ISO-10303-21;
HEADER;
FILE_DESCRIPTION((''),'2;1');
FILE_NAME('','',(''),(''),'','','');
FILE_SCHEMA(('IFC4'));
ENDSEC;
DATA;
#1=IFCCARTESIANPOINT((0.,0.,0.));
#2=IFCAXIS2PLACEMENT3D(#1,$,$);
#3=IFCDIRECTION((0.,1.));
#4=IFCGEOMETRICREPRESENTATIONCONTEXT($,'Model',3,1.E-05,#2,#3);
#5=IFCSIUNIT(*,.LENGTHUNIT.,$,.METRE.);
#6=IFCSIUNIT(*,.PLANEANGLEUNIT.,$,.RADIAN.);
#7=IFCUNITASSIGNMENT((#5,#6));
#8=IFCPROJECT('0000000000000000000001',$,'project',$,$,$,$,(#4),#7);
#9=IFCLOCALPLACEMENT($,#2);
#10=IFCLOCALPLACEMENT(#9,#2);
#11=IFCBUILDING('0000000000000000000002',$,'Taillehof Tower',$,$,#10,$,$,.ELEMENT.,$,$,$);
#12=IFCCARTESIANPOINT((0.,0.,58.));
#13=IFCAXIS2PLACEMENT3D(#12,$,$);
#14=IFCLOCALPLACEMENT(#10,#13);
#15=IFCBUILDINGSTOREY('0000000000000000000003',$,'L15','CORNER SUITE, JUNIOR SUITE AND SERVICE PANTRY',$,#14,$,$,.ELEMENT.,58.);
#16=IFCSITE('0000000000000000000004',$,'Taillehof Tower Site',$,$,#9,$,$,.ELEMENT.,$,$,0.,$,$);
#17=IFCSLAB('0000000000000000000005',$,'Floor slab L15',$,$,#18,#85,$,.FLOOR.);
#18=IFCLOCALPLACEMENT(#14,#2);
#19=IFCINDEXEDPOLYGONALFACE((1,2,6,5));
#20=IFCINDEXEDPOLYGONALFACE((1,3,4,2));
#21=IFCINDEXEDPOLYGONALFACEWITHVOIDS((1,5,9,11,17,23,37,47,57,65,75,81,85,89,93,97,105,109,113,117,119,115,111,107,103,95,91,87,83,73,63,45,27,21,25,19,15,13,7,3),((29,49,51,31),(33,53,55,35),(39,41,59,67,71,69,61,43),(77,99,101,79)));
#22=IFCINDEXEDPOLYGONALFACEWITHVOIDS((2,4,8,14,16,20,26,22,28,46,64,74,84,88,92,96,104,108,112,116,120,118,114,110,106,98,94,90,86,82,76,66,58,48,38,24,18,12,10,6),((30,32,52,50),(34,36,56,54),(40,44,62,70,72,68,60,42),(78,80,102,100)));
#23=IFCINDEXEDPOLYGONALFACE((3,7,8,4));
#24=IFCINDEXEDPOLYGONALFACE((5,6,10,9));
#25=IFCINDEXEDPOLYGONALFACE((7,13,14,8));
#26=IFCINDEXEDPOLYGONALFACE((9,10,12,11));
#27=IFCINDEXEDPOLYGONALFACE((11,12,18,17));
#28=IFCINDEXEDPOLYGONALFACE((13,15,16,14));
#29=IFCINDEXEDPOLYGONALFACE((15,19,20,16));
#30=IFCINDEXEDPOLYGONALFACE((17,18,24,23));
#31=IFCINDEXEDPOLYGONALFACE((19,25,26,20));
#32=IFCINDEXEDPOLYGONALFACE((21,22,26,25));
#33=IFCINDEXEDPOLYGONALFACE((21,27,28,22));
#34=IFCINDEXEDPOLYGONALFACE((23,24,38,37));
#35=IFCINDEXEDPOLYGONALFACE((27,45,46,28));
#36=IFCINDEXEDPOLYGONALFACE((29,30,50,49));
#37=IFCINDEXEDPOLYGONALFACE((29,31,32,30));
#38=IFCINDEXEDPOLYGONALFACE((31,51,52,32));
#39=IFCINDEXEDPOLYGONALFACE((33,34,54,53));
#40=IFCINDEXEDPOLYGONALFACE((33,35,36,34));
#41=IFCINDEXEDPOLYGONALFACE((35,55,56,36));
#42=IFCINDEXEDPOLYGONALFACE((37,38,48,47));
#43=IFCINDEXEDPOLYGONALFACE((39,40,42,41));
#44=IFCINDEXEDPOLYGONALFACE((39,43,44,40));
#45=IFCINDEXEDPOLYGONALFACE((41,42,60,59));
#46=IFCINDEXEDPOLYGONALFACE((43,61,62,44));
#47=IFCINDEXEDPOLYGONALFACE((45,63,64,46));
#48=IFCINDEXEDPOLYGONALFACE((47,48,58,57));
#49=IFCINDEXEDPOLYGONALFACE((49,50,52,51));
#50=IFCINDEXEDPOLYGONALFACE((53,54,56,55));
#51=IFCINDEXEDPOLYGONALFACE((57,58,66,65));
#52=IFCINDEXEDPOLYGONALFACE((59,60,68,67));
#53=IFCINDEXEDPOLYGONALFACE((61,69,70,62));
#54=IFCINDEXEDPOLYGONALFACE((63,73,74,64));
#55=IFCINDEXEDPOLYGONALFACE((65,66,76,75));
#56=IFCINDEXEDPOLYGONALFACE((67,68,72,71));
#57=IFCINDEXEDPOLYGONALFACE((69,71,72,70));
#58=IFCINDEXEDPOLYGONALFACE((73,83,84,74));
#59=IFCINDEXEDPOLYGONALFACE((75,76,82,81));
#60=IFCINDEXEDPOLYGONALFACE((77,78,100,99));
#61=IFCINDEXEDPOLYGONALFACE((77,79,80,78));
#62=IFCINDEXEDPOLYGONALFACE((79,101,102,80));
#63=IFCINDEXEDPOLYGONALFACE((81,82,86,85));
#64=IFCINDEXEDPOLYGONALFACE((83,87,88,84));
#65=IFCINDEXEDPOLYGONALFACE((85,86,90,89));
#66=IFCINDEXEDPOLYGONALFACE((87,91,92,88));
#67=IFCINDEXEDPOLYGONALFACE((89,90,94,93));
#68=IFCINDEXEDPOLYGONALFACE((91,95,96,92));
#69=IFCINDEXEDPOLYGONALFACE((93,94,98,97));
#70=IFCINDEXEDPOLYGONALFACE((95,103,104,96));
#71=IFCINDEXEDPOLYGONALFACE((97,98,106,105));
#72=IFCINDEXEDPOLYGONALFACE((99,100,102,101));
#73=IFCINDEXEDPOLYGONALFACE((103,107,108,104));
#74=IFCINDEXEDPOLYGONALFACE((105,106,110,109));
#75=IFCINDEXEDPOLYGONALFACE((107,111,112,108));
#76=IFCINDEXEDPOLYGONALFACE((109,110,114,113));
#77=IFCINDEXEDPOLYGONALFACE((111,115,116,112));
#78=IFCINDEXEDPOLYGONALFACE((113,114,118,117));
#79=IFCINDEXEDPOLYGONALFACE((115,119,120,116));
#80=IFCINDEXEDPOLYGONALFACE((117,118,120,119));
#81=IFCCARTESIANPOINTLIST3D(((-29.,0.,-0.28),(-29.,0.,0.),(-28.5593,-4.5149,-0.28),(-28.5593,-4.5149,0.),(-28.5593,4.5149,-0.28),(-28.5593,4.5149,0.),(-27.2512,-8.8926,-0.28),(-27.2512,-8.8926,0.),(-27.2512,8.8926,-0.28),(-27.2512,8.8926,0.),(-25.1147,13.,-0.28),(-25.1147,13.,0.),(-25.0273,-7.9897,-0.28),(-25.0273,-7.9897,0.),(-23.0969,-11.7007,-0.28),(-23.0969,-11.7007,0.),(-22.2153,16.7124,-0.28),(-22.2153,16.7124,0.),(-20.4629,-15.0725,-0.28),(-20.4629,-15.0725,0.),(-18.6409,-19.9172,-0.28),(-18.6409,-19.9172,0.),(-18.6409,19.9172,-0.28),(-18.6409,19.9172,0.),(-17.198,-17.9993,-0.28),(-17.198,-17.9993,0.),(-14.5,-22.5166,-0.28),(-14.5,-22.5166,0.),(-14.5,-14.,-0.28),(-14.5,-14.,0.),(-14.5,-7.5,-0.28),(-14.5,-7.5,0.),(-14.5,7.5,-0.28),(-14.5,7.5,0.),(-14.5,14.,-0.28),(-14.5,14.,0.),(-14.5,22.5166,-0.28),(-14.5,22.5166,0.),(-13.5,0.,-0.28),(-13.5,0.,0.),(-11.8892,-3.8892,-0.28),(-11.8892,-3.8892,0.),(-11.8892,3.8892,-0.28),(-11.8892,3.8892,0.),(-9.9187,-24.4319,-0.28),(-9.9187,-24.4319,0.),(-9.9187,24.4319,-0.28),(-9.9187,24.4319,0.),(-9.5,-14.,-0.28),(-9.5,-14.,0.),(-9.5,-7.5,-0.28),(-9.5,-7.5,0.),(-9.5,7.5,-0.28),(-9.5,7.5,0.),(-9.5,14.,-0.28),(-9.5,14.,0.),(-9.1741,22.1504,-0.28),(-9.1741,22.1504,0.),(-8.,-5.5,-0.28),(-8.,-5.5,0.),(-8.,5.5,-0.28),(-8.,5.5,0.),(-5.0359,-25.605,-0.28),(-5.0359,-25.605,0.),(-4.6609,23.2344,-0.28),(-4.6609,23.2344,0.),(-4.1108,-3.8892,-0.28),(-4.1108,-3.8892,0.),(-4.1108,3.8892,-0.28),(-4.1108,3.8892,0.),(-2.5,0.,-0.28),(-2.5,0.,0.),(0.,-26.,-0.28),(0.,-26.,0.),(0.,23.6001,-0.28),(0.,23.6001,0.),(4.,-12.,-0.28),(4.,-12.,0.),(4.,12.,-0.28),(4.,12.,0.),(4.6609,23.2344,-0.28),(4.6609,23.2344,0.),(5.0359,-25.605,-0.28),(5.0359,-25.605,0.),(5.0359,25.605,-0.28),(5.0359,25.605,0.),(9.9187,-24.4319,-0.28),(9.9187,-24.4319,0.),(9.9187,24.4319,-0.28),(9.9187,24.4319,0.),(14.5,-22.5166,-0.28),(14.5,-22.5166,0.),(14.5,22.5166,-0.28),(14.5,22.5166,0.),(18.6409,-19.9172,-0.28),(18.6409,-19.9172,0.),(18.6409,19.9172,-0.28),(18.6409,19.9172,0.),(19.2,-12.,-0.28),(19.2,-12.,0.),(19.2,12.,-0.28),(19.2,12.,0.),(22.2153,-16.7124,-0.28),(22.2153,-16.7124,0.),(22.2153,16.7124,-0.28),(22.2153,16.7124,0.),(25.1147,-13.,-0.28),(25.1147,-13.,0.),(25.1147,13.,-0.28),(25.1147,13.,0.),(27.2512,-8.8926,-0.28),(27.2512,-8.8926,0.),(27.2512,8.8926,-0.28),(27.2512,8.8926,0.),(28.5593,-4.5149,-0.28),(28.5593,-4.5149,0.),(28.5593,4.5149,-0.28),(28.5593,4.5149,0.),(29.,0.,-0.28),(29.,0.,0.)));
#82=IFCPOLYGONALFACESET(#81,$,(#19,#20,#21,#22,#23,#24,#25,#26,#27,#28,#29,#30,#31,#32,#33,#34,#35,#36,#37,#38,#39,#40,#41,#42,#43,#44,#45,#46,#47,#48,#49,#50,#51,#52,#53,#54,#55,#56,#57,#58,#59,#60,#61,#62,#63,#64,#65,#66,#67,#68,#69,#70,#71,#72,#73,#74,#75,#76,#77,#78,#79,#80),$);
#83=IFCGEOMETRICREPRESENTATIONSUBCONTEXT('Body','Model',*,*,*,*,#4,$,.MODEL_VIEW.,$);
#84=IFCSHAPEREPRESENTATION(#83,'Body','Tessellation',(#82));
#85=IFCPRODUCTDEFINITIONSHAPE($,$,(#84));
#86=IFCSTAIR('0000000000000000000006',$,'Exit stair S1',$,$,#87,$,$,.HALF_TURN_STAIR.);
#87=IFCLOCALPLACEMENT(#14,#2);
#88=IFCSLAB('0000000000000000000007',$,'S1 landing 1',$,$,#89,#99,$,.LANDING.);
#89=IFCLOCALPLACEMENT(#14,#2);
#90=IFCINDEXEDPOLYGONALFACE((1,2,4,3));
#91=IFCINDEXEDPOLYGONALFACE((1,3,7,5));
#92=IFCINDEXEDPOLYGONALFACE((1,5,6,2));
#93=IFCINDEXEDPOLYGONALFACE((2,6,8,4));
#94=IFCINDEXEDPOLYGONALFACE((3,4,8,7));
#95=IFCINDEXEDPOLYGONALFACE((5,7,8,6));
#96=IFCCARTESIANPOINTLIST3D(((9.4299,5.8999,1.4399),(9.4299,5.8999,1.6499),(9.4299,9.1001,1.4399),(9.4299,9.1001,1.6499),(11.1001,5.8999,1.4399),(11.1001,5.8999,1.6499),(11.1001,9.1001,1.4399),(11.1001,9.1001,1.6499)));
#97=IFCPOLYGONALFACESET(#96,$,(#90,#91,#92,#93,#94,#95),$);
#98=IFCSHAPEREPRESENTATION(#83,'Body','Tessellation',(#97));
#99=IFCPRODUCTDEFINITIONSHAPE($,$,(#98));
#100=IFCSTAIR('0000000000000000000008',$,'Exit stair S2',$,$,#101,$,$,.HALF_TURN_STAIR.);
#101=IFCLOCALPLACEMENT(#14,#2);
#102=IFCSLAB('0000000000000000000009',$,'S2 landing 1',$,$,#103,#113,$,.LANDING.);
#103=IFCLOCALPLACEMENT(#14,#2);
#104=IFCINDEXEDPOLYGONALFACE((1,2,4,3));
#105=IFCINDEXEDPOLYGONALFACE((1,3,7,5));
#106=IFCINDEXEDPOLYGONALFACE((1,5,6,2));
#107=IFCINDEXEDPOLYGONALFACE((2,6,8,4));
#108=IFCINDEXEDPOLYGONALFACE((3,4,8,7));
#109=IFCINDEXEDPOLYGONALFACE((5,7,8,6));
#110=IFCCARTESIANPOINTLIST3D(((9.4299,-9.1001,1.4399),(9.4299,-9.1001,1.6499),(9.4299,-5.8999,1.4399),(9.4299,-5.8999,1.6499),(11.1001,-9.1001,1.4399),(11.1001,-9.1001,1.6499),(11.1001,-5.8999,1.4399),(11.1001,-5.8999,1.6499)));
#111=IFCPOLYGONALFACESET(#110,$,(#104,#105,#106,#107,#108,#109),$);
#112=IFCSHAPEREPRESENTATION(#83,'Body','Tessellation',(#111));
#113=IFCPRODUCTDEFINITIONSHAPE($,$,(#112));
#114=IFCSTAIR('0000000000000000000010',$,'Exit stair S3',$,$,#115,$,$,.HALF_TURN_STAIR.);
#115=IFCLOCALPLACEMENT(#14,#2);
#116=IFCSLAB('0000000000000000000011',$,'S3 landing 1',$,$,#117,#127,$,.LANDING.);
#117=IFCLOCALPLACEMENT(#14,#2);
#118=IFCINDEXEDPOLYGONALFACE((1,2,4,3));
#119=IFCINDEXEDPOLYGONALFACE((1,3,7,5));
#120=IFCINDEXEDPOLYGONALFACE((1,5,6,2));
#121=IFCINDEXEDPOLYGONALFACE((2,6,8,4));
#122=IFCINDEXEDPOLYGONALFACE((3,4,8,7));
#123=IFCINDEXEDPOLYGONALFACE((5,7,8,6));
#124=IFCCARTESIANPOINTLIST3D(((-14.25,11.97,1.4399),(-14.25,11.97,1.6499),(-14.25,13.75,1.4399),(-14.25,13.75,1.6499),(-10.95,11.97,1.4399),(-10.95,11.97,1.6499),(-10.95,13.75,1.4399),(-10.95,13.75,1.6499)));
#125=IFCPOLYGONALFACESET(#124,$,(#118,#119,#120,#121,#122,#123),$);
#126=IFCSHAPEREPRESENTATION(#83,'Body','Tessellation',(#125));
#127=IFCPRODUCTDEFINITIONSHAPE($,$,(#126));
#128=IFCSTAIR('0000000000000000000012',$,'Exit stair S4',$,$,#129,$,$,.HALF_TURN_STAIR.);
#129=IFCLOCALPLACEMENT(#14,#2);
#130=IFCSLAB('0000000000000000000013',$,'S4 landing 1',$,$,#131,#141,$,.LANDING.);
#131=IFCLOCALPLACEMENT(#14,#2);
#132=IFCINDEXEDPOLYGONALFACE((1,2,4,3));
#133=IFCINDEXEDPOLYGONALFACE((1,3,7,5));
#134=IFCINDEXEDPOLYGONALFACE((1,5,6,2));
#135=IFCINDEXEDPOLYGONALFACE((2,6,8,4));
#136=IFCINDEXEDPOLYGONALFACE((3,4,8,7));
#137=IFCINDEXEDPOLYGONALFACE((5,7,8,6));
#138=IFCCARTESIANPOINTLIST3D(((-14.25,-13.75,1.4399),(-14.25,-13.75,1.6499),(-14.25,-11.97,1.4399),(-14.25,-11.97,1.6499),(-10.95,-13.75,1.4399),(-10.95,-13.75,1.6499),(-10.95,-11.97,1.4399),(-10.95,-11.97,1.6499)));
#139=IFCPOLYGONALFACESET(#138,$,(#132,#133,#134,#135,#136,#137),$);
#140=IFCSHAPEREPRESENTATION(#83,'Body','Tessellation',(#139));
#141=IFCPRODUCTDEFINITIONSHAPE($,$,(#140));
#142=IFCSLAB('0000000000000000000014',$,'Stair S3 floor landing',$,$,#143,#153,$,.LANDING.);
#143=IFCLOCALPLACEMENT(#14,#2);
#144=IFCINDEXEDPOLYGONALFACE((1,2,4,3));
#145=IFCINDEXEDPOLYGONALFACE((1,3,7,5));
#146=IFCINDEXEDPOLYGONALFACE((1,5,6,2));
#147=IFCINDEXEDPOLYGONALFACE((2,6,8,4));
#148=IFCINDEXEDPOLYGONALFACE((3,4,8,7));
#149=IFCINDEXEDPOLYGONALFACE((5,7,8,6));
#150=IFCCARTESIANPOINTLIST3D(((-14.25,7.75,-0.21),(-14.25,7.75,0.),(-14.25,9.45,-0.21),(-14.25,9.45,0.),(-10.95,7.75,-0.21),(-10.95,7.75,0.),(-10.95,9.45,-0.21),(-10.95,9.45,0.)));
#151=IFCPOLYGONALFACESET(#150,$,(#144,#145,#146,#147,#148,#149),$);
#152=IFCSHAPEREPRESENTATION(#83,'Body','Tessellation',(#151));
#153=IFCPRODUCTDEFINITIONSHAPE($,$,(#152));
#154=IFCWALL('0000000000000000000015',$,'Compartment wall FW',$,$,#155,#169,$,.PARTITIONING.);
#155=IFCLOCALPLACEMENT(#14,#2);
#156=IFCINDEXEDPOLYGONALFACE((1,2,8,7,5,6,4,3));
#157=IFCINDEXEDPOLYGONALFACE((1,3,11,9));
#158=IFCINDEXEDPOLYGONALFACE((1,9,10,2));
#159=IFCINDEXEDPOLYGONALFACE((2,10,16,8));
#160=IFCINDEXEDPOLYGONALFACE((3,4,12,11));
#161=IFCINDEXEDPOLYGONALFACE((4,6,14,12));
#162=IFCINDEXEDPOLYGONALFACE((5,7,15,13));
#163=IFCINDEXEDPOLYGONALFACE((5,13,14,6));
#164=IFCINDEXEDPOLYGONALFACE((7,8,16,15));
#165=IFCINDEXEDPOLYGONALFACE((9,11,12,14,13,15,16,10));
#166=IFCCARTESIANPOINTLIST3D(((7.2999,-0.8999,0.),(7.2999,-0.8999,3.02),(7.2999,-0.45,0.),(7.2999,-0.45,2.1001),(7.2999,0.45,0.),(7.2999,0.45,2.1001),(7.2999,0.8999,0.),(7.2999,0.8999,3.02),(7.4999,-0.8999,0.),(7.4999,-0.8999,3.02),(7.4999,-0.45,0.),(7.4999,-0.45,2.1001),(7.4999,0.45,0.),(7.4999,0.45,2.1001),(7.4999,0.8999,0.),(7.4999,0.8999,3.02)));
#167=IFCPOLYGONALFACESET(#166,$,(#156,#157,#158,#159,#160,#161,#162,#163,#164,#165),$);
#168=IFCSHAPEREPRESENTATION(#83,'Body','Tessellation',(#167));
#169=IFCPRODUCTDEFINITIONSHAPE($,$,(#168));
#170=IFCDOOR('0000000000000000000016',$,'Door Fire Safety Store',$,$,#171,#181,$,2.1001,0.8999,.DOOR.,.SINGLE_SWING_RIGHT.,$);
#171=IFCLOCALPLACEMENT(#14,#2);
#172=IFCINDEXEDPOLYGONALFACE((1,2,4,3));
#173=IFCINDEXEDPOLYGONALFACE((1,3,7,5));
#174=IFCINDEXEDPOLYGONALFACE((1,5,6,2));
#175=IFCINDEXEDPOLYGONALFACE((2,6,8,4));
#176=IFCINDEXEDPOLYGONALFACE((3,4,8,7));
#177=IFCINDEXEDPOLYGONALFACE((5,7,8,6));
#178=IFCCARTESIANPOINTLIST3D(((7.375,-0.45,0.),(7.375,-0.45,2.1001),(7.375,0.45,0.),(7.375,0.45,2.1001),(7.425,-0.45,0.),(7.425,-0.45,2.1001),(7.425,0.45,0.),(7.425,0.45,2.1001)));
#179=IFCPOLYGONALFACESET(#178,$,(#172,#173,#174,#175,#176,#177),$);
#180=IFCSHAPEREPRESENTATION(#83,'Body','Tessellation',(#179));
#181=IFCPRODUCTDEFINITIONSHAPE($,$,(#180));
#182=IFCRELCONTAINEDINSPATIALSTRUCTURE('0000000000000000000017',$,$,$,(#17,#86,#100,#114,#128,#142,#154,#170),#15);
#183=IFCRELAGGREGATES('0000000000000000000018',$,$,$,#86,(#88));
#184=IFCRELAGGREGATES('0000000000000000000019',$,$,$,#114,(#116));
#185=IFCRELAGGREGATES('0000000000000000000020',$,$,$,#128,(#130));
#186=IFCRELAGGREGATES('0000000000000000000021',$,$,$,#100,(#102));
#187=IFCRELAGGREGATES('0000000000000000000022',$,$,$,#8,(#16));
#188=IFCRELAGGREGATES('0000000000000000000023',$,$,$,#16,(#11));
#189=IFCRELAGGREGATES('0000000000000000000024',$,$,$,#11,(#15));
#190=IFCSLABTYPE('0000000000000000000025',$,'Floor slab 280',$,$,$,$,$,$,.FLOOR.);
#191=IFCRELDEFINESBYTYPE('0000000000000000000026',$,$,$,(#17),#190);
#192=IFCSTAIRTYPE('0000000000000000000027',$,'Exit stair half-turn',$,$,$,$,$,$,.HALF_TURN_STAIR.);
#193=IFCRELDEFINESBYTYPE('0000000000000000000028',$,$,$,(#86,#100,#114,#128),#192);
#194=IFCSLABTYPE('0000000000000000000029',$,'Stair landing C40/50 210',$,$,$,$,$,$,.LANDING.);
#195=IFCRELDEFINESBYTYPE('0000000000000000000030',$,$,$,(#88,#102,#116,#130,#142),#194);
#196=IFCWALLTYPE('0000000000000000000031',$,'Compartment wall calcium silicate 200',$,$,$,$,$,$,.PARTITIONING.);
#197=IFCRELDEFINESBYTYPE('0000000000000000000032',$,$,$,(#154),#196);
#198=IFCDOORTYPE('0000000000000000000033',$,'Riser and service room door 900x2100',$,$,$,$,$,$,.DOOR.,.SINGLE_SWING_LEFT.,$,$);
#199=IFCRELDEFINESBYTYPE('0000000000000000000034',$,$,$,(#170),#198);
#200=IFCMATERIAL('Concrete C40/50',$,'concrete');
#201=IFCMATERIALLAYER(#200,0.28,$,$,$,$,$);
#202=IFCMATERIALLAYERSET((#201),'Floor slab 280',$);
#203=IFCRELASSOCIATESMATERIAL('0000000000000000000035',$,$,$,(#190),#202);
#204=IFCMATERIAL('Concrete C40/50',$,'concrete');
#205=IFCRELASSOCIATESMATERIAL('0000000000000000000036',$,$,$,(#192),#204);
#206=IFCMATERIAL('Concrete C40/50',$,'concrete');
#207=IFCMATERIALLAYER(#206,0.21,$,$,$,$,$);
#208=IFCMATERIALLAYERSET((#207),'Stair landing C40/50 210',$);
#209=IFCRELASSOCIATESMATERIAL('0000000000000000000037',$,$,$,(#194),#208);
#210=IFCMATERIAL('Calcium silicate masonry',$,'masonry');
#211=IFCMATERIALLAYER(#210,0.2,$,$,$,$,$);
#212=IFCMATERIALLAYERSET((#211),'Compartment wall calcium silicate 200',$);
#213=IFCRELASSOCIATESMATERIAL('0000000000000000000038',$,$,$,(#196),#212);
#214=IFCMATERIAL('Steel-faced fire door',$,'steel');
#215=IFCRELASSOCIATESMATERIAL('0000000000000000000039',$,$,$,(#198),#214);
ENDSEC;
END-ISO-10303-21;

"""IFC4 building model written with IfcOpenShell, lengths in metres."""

from ifc_helpers import new_model, si_unit, direction, frame, frame_2d, origin, place, context, subcontext, project, spatial, polyline, rectangle, outline, extrude, material, layer, layer_set, type_object, element, fill, aggregate, save


model = new_model("IFC4")

# Units and contexts
model_context = context("Model", 3, precision=1e-05, world=origin(), true_north=direction((0.0, 1.0)))
body_context = subcontext(model_context, "Body", "Model", "MODEL_VIEW")
ifc_project = project(units=[si_unit("LENGTHUNIT", "METRE"), si_unit("PLANEANGLEUNIT", "RADIAN")], contexts=[model_context])

# Site, building, storey
site_placement = place(None, origin())
site = spatial("IfcSite", under=ifc_project, at=site_placement, Name="Taillehof Tower Site", CompositionType="ELEMENT", RefElevation=0.0)
building_placement = place(site_placement, origin())
building = spatial("IfcBuilding", under=site, at=building_placement, Name="Taillehof Tower", CompositionType="ELEMENT")
storey_placement = place(building_placement, frame((0.0, 0.0, 58.0)))
storey = spatial("IfcBuildingStorey", under=building, at=storey_placement, Name="L15", Description="CORNER SUITE, JUNIOR SUITE AND SERVICE PANTRY", CompositionType="ELEMENT", Elevation=58.0)

# Slab
ifc_material_1 = material(Name="Concrete C40/50", Category="concrete")
ifc_layer_1 = layer(ifc_material_1, 0.28)
ifc_layer_set_1 = layer_set([ifc_layer_1], Name="Floor slab 280")
slab_type_1 = type_object("IfcSlabType", Name="Floor slab 280", PredefinedType="FLOOR", material=ifc_layer_set_1)
slab_1_placement = place(storey_placement, frame((0.0, 0.0, -0.28)))
element("IfcSlab", 1, at=slab_1_placement, inside=storey, type_object=slab_type_1, Name="Floor slab L15", PredefinedType="FLOOR", context=body_context, shape_type="SweptSolid", body=[
    extrude(outline(polyline([(29.0, 0.0), (28.5593, 4.5149), (27.2512, 8.8926), (25.1147, 13.0), (22.2153, 16.7124), (18.6409, 19.9172), (14.5, 22.5166), (9.9187, 24.4319), (5.0359, 25.605), (4.6609, 23.2344), (0.0, 23.6001), (-4.6609, 23.2344), (-9.1741, 22.1504), (-9.9187, 24.4319), (-14.5, 22.5166), (-18.6409, 19.9172), (-22.2153, 16.7124), (-25.1147, 13.0), (-27.2512, 8.8926), (-28.5593, 4.5149), (-29.0, 0.0), (-28.5593, -4.5149), (-27.2512, -8.8926), (-25.0273, -7.9897), (-23.0969, -11.7007), (-20.4629, -15.0725), (-17.198, -17.9993), (-18.6409, -19.9172), (-14.5, -22.5166), (-9.9187, -24.4319), (-5.0359, -25.605), (0.0, -26.0), (5.0359, -25.605), (9.9187, -24.4319), (14.5, -22.5166), (18.6409, -19.9172), (22.2153, -16.7124), (25.1147, -13.0), (27.2512, -8.8926), (28.5593, -4.5149), (29.0, 0.0)]), holes=[polyline([(-14.5, -7.5), (-9.5, -7.5), (-9.5, -14.0), (-14.5, -14.0), (-14.5, -7.5)]), polyline([(-8.0, -5.5), (-11.8892, -3.8892), (-13.5, 0.0), (-11.8892, 3.8892), (-8.0, 5.5), (-4.1108, 3.8892), (-2.5, 0.0), (-4.1108, -3.8892), (-8.0, -5.5)]), polyline([(19.2, 12.0), (19.2, -12.0), (4.0, -12.0), (4.0, 12.0), (19.2, 12.0)]), polyline([(-14.5, 14.0), (-9.5, 14.0), (-9.5, 7.5), (-14.5, 7.5), (-14.5, 14.0)])]), origin(), (0.0, 0.0, 1.0), 0.28),
])

# Stairs, slabs
ifc_material_2 = material(Name="Concrete C40/50", Category="concrete")
stair_type = type_object("IfcStairType", Name="Exit stair half-turn", PredefinedType="HALF_TURN_STAIR", material=ifc_material_2)
stair_1_placement = place(storey_placement, origin())
stair_1 = element("IfcStair", 2, at=stair_1_placement, inside=storey, type_object=stair_type, Name="Exit stair S1", PredefinedType="HALF_TURN_STAIR")
ifc_material_3 = material(Name="Concrete C40/50", Category="concrete")
ifc_layer_2 = layer(ifc_material_3, 0.21)
ifc_layer_set_2 = layer_set([ifc_layer_2], Name="Stair landing C40/50 210")
slab_type_2 = type_object("IfcSlabType", Name="Stair landing C40/50 210", PredefinedType="LANDING", material=ifc_layer_set_2)
slab_2_placement = place(storey_placement, frame((0.0, 0.0, 1.4399)))
slab_2 = element("IfcSlab", 3, at=slab_2_placement, type_object=slab_type_2, Name="S1 landing 1", PredefinedType="LANDING", context=body_context, shape_type="SweptSolid", body=[
    extrude(outline(polyline([(9.4299, 5.8999), (11.1001, 5.8999), (11.1001, 9.1001), (9.4299, 9.1001), (9.4299, 5.8999)])), origin(), (0.0, 0.0, 1.0), 0.21),
])
aggregate(stair_1, [slab_2])
stair_2_placement = place(storey_placement, origin())
stair_2 = element("IfcStair", 4, at=stair_2_placement, inside=storey, type_object=stair_type, Name="Exit stair S2", PredefinedType="HALF_TURN_STAIR")
slab_3_placement = place(storey_placement, frame((0.0, 0.0, 1.4399)))
slab_3 = element("IfcSlab", 5, at=slab_3_placement, type_object=slab_type_2, Name="S2 landing 1", PredefinedType="LANDING", context=body_context, shape_type="SweptSolid", body=[
    extrude(outline(polyline([(9.4299, -5.8999), (11.1001, -5.8999), (11.1001, -9.1001), (9.4299, -9.1001), (9.4299, -5.8999)])), origin(), (0.0, 0.0, 1.0), 0.21),
])
stair_3_placement = place(storey_placement, origin())
stair_3 = element("IfcStair", 6, at=stair_3_placement, inside=storey, type_object=stair_type, Name="Exit stair S3", PredefinedType="HALF_TURN_STAIR")
slab_4_placement = place(storey_placement, frame((0.0, 0.0, 1.4399)))
slab_4 = element("IfcSlab", 7, at=slab_4_placement, type_object=slab_type_2, Name="S3 landing 1", PredefinedType="LANDING", context=body_context, shape_type="SweptSolid", body=[
    extrude(outline(polyline([(-14.25, 11.97), (-14.25, 13.75), (-10.95, 13.75), (-10.95, 11.97), (-14.25, 11.97)])), origin(), (0.0, 0.0, 1.0), 0.21),
])
aggregate(stair_3, [slab_4])
stair_4_placement = place(storey_placement, origin())
stair_4 = element("IfcStair", 8, at=stair_4_placement, inside=storey, type_object=stair_type, Name="Exit stair S4", PredefinedType="HALF_TURN_STAIR")
slab_5_placement = place(storey_placement, frame((0.0, 0.0, 1.4399)))
slab_5 = element("IfcSlab", 9, at=slab_5_placement, type_object=slab_type_2, Name="S4 landing 1", PredefinedType="LANDING", context=body_context, shape_type="SweptSolid", body=[
    extrude(outline(polyline([(-14.25, -11.97), (-14.25, -13.75), (-10.95, -13.75), (-10.95, -11.97), (-14.25, -11.97)])), origin(), (0.0, 0.0, 1.0), 0.21),
])
aggregate(stair_4, [slab_5])

# Slab
slab_6_placement = place(storey_placement, frame((0.0, 0.0, -0.21)))
element("IfcSlab", 10, at=slab_6_placement, inside=storey, type_object=slab_type_2, Name="Stair S3 floor landing", PredefinedType="LANDING", context=body_context, shape_type="SweptSolid", body=[
    extrude(outline(polyline([(-14.25, 7.75), (-14.25, 9.45), (-10.95, 9.45), (-10.95, 7.75), (-14.25, 7.75)])), origin(), (0.0, 0.0, 1.0), 0.21),
])

# Wall, opening, door
ifc_material_4 = material(Name="Calcium silicate masonry", Category="masonry")
ifc_layer_3 = layer(ifc_material_4, 0.2)
ifc_layer_set_3 = layer_set([ifc_layer_3], Name="Compartment wall calcium silicate 200")
wall_type_1 = type_object("IfcWallType", Name="Compartment wall calcium silicate 200", PredefinedType="PARTITIONING", material=ifc_layer_set_3)
wall_1_placement = place(storey_placement, frame((7.3999, -0.8999, 0.0), z_axis=(0.0, 0.0, 1.0), x_axis=(0.0, 1.0, 0.0)))
wall_1 = element("IfcWall", 11, at=wall_1_placement, inside=storey, type_object=wall_type_1, Name="Compartment wall FW", PredefinedType="PARTITIONING", context=body_context, shape_type="SweptSolid", body=[
    extrude(rectangle(XDim=1.7998, YDim=0.2, at=frame_2d((0.8999, 0.0))), origin(), (0.0, 0.0, 1.0), 3.02),
])
opening_1_placement = place(wall_1_placement, frame((0.45, 0.0, 0.0)))
opening_1 = element("IfcOpeningElement", 12, at=opening_1_placement, cuts=wall_1, PredefinedType="OPENING", context=body_context, shape_type="SweptSolid", body=[
    extrude(rectangle(XDim=0.8999, YDim=2.1001, at=frame_2d((0.45, 1.05))), frame((0.0, 0.1099, 0.0), z_axis=(0.0, -1.0, 0.0), x_axis=(1.0, 0.0, 0.0)), (0.0, 0.0, 1.0), 0.22),
])
ifc_material_5 = material(Name="Steel-faced fire door", Category="steel")
door_type_1 = type_object("IfcDoorType", Name="Riser and service room door 900x2100", OperationType="SINGLE_SWING_LEFT", PredefinedType="DOOR", material=ifc_material_5)
door_1_placement = place(opening_1_placement, origin())
door_1 = element("IfcDoor", 13, at=door_1_placement, inside=storey, type_object=door_type_1, Name="Door Fire Safety Store", OperationType="SINGLE_SWING_RIGHT", OverallHeight=2.1001, OverallWidth=0.8999, PredefinedType="DOOR", context=body_context, shape_type="SweptSolid", body=[
    extrude(rectangle(XDim=0.8999, YDim=2.1001, at=frame_2d((0.45, 1.05))), frame((0.0, 0.0249, 0.0), z_axis=(0.0, -1.0, 0.0), x_axis=(1.0, 0.0, 0.0)), (0.0, 0.0, 1.0), 0.05),
])
fill(opening_1, door_1)

aggregate(stair_2, [slab_3])

save(model, "model.ifc")
